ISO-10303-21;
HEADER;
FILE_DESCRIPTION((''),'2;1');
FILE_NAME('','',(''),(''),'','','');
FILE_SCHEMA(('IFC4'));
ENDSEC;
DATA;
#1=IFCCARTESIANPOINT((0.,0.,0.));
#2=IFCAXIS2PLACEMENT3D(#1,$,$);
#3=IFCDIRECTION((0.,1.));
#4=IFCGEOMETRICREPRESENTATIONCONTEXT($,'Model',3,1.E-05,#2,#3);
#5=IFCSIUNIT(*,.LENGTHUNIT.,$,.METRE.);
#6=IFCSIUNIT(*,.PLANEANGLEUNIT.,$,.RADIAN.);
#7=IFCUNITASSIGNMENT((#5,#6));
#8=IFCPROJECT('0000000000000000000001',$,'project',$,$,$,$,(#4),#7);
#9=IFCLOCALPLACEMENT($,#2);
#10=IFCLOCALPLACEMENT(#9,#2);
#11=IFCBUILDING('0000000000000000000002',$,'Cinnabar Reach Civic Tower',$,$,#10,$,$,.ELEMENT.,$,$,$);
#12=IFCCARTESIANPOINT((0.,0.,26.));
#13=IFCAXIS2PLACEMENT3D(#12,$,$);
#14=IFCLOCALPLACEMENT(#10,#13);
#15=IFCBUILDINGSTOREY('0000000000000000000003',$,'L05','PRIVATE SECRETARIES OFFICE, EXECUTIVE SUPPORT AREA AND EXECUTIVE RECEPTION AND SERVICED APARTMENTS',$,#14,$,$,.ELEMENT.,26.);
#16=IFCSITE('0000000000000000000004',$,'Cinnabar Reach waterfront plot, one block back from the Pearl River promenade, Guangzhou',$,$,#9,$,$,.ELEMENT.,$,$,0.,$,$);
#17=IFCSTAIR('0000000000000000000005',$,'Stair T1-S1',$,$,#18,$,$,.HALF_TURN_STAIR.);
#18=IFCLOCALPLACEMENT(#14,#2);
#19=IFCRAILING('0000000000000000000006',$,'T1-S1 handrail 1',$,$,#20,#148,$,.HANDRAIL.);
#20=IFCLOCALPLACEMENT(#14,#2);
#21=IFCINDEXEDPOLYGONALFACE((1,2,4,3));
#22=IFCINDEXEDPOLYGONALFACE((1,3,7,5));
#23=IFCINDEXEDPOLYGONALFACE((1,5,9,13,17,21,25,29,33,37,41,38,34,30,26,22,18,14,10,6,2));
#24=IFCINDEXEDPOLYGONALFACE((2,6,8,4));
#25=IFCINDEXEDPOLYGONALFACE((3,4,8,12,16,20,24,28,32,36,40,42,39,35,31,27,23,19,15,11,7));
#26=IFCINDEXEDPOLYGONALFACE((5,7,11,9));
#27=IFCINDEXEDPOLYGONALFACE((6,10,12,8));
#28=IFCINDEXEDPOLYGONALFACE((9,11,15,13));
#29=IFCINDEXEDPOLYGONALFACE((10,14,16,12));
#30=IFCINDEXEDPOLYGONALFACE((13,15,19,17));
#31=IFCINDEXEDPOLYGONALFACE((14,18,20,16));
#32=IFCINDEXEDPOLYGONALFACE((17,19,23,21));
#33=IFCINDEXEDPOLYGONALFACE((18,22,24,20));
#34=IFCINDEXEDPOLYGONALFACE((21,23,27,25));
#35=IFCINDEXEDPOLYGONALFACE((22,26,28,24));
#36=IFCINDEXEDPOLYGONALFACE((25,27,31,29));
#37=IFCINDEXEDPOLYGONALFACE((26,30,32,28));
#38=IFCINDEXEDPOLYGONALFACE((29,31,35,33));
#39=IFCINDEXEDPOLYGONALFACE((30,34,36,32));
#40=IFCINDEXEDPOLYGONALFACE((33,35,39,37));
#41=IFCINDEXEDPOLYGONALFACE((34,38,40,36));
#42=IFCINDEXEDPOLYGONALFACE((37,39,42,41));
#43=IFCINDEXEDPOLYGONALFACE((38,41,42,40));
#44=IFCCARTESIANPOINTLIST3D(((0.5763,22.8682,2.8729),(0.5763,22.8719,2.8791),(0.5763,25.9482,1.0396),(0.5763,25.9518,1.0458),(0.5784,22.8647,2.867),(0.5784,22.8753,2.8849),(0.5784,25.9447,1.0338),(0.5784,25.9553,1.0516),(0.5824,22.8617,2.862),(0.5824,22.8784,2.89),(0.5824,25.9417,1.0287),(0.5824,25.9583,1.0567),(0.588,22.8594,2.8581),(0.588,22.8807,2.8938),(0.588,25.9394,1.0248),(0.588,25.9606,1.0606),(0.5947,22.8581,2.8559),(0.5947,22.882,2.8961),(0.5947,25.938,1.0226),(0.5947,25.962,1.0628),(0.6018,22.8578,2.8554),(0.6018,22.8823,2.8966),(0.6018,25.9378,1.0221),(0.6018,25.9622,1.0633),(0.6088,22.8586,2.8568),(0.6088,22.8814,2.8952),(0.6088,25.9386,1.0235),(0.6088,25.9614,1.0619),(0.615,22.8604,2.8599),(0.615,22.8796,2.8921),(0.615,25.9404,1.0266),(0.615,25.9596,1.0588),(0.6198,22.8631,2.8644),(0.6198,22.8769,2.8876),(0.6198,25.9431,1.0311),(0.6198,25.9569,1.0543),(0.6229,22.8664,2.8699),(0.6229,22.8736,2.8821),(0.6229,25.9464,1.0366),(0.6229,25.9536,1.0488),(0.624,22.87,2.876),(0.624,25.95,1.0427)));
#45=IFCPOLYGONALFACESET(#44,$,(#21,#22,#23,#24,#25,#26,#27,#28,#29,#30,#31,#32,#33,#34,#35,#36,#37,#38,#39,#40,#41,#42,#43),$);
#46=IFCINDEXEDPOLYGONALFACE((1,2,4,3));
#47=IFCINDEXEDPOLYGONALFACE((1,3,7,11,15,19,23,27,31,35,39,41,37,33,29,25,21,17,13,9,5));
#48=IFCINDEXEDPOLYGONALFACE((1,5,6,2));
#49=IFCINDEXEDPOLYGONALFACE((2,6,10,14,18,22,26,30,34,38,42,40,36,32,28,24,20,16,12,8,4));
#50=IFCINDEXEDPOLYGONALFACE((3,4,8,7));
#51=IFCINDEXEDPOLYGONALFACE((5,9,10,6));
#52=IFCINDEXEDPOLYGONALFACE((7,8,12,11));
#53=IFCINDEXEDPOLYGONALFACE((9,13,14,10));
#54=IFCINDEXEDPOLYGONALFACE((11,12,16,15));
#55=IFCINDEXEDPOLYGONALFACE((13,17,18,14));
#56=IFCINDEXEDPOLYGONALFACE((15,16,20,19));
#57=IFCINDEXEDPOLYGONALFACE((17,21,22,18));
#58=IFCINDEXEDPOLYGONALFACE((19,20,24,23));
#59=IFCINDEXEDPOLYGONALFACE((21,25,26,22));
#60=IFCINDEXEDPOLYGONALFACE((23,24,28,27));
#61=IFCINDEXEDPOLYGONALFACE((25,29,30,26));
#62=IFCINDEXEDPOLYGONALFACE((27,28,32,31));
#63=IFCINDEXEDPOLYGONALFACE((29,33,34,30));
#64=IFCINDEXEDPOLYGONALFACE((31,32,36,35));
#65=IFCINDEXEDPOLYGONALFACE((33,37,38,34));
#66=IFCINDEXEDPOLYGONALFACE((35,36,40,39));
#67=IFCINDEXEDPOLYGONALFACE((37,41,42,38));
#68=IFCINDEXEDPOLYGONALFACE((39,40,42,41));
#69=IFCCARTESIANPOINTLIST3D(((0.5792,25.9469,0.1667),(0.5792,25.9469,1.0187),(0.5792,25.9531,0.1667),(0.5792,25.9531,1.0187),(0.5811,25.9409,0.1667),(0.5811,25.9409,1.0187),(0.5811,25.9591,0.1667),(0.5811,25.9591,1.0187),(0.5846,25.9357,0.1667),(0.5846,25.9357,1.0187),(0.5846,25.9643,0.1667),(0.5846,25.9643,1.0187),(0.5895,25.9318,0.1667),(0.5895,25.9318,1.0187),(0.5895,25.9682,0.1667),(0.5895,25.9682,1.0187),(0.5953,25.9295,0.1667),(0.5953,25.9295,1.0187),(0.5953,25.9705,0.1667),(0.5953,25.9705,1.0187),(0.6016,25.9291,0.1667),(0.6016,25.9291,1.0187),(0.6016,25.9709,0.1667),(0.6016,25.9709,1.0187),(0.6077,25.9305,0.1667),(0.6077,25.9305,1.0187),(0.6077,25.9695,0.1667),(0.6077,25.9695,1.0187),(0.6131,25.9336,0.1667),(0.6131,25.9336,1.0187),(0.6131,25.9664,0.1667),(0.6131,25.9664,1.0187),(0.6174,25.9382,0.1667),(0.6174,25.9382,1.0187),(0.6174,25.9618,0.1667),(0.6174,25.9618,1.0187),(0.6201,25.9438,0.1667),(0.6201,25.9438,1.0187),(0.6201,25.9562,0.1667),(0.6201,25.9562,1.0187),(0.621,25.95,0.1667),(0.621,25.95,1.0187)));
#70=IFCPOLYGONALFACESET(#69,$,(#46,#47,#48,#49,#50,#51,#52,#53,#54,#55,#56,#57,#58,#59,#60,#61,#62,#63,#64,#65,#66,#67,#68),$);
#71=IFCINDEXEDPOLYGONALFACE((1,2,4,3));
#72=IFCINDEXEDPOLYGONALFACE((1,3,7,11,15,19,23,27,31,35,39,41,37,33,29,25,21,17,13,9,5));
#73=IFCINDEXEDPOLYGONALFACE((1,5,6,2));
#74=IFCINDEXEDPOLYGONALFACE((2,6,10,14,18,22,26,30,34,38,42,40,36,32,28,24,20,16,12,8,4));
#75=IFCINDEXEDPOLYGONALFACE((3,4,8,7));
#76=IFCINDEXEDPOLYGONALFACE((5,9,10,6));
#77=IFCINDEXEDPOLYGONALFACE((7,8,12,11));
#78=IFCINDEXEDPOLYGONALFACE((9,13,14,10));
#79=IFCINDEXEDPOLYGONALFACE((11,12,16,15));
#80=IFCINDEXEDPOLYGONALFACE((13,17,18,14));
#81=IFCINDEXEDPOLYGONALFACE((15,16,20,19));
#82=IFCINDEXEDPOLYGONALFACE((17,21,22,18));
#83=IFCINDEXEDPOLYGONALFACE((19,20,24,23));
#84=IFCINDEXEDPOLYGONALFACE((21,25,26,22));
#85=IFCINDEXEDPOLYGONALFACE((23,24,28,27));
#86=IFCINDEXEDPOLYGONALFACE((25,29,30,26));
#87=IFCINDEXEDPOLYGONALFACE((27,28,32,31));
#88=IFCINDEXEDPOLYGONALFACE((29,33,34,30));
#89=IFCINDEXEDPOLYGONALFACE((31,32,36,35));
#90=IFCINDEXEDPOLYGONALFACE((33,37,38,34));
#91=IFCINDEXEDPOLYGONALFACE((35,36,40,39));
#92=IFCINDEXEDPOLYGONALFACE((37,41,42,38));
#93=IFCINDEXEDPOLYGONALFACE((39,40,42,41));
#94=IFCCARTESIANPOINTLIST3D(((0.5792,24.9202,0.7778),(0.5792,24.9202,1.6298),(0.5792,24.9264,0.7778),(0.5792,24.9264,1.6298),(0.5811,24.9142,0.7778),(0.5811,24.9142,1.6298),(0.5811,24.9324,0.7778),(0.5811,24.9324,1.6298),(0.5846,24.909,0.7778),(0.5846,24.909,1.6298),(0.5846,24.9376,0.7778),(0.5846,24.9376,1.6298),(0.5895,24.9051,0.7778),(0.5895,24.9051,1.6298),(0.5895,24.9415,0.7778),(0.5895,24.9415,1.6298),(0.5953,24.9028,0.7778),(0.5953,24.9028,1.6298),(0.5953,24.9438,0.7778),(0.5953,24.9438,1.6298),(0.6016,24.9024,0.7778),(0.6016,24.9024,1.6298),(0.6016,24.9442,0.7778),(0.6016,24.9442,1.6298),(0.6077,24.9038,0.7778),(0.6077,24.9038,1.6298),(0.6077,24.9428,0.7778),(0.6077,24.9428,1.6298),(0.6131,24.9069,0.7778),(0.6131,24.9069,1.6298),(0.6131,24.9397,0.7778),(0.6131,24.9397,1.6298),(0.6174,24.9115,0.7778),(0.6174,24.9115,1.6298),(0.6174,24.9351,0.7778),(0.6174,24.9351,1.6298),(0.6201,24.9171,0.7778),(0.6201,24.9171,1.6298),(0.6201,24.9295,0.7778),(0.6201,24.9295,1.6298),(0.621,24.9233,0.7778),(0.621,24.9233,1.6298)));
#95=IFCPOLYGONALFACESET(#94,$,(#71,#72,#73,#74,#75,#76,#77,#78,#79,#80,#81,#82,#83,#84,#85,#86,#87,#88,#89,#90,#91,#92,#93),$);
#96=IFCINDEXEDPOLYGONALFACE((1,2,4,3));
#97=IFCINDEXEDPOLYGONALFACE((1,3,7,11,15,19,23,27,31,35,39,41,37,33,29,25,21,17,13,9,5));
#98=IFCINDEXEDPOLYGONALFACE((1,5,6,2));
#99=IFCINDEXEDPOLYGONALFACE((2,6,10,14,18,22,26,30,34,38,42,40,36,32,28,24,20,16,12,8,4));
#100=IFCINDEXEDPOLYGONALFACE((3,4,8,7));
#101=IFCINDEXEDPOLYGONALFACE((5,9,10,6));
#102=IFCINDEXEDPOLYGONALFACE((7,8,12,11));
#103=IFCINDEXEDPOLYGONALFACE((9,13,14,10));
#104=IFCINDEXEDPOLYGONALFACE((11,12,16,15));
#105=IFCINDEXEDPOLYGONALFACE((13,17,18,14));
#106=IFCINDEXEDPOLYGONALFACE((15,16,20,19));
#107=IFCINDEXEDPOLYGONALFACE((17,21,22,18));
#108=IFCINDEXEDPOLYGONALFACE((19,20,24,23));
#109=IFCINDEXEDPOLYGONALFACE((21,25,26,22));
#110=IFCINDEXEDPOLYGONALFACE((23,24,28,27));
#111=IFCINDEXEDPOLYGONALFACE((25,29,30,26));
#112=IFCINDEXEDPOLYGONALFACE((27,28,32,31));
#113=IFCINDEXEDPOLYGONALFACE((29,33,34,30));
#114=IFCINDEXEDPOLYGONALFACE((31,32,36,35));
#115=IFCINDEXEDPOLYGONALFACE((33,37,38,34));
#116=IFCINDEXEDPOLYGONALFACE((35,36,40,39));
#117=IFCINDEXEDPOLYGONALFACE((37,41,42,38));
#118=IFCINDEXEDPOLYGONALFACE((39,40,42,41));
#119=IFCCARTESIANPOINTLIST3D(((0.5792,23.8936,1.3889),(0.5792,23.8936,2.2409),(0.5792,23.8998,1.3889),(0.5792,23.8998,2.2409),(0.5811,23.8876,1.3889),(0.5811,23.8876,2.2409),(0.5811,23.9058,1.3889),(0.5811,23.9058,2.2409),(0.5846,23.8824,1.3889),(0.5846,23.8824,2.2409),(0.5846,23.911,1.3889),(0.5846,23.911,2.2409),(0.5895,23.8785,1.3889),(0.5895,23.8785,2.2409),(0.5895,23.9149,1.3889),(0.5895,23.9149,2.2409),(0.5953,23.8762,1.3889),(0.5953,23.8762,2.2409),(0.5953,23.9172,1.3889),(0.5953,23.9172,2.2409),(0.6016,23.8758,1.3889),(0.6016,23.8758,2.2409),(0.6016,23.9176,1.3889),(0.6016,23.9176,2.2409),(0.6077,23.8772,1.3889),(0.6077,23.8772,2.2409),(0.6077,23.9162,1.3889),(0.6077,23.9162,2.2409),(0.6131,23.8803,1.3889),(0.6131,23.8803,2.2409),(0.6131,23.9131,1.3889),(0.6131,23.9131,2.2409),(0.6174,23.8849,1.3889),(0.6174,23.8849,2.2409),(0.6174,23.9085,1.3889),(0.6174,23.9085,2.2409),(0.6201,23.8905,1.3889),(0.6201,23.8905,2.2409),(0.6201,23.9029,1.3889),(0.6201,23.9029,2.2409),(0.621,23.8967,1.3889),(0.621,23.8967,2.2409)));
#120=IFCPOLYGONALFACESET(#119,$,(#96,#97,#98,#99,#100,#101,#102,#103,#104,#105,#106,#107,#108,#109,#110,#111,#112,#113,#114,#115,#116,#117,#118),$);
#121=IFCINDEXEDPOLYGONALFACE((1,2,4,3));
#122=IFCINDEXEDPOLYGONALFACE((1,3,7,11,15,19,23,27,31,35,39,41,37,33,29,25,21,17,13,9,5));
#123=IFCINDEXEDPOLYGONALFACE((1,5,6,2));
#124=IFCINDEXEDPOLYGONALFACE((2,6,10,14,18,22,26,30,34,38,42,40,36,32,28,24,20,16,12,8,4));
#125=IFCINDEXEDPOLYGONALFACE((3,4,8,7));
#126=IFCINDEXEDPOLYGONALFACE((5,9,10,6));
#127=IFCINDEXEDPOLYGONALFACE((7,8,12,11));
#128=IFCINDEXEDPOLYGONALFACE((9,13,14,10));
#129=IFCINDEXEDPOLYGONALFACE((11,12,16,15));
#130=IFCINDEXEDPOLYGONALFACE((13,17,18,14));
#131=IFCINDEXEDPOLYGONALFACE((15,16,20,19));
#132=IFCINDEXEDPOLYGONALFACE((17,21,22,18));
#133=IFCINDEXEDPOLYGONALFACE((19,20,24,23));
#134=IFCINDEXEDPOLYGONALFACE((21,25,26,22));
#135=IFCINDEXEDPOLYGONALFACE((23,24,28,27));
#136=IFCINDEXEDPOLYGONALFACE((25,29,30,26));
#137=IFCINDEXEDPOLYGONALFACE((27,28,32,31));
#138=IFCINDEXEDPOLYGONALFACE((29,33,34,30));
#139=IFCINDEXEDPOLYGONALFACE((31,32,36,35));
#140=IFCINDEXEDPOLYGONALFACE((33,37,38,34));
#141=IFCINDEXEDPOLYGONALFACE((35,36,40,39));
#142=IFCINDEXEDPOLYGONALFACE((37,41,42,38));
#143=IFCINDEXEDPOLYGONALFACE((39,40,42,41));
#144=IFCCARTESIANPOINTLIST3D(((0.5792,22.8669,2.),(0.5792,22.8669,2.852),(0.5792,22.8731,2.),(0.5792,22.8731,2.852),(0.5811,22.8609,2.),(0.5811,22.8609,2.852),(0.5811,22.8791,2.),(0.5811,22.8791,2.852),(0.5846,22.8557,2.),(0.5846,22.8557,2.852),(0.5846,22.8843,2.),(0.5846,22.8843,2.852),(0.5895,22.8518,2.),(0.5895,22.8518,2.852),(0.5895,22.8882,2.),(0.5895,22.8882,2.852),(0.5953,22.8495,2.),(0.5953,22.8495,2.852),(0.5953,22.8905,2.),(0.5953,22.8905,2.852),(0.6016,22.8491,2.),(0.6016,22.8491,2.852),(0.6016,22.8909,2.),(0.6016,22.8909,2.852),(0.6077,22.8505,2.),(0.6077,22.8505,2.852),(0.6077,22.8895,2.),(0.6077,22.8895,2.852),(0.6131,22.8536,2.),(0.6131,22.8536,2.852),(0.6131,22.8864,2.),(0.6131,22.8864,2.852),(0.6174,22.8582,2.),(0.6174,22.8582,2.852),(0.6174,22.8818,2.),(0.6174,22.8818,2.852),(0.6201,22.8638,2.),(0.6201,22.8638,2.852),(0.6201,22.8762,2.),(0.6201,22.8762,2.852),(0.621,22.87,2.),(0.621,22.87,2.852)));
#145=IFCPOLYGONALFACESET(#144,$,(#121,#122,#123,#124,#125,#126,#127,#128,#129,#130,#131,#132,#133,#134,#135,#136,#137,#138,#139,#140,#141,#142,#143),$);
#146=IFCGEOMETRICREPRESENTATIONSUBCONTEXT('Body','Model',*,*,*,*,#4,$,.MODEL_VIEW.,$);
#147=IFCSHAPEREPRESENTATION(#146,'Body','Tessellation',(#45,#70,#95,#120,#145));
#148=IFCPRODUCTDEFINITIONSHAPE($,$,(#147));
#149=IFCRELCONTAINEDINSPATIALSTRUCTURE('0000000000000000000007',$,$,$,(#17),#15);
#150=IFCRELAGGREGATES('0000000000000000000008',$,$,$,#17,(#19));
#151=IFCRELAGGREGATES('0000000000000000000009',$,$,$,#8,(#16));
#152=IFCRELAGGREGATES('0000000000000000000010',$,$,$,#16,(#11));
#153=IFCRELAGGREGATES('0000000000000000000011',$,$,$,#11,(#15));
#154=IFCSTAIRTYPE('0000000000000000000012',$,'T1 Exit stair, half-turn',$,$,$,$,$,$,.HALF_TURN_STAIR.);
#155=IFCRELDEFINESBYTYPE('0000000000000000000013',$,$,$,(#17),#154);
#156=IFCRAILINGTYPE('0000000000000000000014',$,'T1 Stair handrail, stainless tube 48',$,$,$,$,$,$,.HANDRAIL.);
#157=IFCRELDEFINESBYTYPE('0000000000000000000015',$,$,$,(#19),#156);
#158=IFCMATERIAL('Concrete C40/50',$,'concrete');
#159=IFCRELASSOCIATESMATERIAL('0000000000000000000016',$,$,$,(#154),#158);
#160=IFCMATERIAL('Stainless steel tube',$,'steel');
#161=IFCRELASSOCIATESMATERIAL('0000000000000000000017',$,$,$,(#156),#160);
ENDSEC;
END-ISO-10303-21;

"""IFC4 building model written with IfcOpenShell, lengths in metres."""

from ifc_helpers import new_model, si_unit, direction, frame, origin, origin_2d, place, context, subcontext, project, spatial, circle, extrude, material, type_object, element, aggregate, save


model = new_model("IFC4")

# Units and contexts
model_context = context("Model", 3, precision=1e-05, world=origin(), true_north=direction((0.0, 1.0)))
body_context = subcontext(model_context, "Body", "Model", "MODEL_VIEW")
ifc_project = project(units=[si_unit("LENGTHUNIT", "METRE"), si_unit("PLANEANGLEUNIT", "RADIAN")], contexts=[model_context])

# Site, building, storey
site_placement = place(None, origin())
site = spatial("IfcSite", under=ifc_project, at=site_placement, Name="Cinnabar Reach waterfront plot, one block back from the Pearl River promenade, Guangzhou", CompositionType="ELEMENT", RefElevation=0.0)
building_placement = place(site_placement, origin())
building = spatial("IfcBuilding", under=site, at=building_placement, Name="Cinnabar Reach Civic Tower", CompositionType="ELEMENT")
storey_placement = place(building_placement, frame((0.0, 0.0, 26.0)))
storey = spatial("IfcBuildingStorey", under=building, at=storey_placement, Name="L05", Description="PRIVATE SECRETARIES OFFICE, EXECUTIVE SUPPORT AREA AND EXECUTIVE RECEPTION AND SERVICED APARTMENTS", CompositionType="ELEMENT", Elevation=26.0)

# Stair, railing
ifc_material_1 = material(Name="Concrete C40/50", Category="concrete")
stair_type = type_object("IfcStairType", Name="T1 Exit stair, half-turn", PredefinedType="HALF_TURN_STAIR", material=ifc_material_1)
stair_placement = place(storey_placement, origin())
stair = element("IfcStair", 1, at=stair_placement, inside=storey, type_object=stair_type, Name="Stair T1-S1", PredefinedType="HALF_TURN_STAIR")
ifc_material_2 = material(Name="Stainless steel tube", Category="steel")
railing_type = type_object("IfcRailingType", Name="T1 Stair handrail, stainless tube 48", PredefinedType="HANDRAIL", material=ifc_material_2)
railing_1_placement = place(storey_placement, frame((0.6, 25.95, 0.1667)))
railing_1 = element("IfcRailing", 2, at=railing_1_placement, type_object=railing_type, Name="T1-S1 handrail 1", PredefinedType="HANDRAIL", context=body_context, shape_type="SweptSolid", body=[
    extrude(circle(Radius=0.024, at=origin_2d()), frame((0.0, 0.0, 0.876), z_axis=(0.0, -0.859297, 0.511477), x_axis=(1.0, 0.0, 0.0)), (0.0, 0.0, 1.0), 3.5843),
    extrude(circle(Radius=0.021, at=origin_2d()), origin(), (0.0, 0.0, 1.0), 0.852),
    extrude(circle(Radius=0.021, at=origin_2d()), frame((0.0, -1.0267, 0.6111)), (0.0, 0.0, 1.0), 0.852),
    extrude(circle(Radius=0.021, at=origin_2d()), frame((0.0, -2.0533, 1.2222)), (0.0, 0.0, 1.0), 0.852),
    extrude(circle(Radius=0.021, at=origin_2d()), frame((0.0, -3.08, 1.8333)), (0.0, 0.0, 1.0), 0.852),
])
aggregate(stair, [railing_1])

save(model, "model.ifc")
